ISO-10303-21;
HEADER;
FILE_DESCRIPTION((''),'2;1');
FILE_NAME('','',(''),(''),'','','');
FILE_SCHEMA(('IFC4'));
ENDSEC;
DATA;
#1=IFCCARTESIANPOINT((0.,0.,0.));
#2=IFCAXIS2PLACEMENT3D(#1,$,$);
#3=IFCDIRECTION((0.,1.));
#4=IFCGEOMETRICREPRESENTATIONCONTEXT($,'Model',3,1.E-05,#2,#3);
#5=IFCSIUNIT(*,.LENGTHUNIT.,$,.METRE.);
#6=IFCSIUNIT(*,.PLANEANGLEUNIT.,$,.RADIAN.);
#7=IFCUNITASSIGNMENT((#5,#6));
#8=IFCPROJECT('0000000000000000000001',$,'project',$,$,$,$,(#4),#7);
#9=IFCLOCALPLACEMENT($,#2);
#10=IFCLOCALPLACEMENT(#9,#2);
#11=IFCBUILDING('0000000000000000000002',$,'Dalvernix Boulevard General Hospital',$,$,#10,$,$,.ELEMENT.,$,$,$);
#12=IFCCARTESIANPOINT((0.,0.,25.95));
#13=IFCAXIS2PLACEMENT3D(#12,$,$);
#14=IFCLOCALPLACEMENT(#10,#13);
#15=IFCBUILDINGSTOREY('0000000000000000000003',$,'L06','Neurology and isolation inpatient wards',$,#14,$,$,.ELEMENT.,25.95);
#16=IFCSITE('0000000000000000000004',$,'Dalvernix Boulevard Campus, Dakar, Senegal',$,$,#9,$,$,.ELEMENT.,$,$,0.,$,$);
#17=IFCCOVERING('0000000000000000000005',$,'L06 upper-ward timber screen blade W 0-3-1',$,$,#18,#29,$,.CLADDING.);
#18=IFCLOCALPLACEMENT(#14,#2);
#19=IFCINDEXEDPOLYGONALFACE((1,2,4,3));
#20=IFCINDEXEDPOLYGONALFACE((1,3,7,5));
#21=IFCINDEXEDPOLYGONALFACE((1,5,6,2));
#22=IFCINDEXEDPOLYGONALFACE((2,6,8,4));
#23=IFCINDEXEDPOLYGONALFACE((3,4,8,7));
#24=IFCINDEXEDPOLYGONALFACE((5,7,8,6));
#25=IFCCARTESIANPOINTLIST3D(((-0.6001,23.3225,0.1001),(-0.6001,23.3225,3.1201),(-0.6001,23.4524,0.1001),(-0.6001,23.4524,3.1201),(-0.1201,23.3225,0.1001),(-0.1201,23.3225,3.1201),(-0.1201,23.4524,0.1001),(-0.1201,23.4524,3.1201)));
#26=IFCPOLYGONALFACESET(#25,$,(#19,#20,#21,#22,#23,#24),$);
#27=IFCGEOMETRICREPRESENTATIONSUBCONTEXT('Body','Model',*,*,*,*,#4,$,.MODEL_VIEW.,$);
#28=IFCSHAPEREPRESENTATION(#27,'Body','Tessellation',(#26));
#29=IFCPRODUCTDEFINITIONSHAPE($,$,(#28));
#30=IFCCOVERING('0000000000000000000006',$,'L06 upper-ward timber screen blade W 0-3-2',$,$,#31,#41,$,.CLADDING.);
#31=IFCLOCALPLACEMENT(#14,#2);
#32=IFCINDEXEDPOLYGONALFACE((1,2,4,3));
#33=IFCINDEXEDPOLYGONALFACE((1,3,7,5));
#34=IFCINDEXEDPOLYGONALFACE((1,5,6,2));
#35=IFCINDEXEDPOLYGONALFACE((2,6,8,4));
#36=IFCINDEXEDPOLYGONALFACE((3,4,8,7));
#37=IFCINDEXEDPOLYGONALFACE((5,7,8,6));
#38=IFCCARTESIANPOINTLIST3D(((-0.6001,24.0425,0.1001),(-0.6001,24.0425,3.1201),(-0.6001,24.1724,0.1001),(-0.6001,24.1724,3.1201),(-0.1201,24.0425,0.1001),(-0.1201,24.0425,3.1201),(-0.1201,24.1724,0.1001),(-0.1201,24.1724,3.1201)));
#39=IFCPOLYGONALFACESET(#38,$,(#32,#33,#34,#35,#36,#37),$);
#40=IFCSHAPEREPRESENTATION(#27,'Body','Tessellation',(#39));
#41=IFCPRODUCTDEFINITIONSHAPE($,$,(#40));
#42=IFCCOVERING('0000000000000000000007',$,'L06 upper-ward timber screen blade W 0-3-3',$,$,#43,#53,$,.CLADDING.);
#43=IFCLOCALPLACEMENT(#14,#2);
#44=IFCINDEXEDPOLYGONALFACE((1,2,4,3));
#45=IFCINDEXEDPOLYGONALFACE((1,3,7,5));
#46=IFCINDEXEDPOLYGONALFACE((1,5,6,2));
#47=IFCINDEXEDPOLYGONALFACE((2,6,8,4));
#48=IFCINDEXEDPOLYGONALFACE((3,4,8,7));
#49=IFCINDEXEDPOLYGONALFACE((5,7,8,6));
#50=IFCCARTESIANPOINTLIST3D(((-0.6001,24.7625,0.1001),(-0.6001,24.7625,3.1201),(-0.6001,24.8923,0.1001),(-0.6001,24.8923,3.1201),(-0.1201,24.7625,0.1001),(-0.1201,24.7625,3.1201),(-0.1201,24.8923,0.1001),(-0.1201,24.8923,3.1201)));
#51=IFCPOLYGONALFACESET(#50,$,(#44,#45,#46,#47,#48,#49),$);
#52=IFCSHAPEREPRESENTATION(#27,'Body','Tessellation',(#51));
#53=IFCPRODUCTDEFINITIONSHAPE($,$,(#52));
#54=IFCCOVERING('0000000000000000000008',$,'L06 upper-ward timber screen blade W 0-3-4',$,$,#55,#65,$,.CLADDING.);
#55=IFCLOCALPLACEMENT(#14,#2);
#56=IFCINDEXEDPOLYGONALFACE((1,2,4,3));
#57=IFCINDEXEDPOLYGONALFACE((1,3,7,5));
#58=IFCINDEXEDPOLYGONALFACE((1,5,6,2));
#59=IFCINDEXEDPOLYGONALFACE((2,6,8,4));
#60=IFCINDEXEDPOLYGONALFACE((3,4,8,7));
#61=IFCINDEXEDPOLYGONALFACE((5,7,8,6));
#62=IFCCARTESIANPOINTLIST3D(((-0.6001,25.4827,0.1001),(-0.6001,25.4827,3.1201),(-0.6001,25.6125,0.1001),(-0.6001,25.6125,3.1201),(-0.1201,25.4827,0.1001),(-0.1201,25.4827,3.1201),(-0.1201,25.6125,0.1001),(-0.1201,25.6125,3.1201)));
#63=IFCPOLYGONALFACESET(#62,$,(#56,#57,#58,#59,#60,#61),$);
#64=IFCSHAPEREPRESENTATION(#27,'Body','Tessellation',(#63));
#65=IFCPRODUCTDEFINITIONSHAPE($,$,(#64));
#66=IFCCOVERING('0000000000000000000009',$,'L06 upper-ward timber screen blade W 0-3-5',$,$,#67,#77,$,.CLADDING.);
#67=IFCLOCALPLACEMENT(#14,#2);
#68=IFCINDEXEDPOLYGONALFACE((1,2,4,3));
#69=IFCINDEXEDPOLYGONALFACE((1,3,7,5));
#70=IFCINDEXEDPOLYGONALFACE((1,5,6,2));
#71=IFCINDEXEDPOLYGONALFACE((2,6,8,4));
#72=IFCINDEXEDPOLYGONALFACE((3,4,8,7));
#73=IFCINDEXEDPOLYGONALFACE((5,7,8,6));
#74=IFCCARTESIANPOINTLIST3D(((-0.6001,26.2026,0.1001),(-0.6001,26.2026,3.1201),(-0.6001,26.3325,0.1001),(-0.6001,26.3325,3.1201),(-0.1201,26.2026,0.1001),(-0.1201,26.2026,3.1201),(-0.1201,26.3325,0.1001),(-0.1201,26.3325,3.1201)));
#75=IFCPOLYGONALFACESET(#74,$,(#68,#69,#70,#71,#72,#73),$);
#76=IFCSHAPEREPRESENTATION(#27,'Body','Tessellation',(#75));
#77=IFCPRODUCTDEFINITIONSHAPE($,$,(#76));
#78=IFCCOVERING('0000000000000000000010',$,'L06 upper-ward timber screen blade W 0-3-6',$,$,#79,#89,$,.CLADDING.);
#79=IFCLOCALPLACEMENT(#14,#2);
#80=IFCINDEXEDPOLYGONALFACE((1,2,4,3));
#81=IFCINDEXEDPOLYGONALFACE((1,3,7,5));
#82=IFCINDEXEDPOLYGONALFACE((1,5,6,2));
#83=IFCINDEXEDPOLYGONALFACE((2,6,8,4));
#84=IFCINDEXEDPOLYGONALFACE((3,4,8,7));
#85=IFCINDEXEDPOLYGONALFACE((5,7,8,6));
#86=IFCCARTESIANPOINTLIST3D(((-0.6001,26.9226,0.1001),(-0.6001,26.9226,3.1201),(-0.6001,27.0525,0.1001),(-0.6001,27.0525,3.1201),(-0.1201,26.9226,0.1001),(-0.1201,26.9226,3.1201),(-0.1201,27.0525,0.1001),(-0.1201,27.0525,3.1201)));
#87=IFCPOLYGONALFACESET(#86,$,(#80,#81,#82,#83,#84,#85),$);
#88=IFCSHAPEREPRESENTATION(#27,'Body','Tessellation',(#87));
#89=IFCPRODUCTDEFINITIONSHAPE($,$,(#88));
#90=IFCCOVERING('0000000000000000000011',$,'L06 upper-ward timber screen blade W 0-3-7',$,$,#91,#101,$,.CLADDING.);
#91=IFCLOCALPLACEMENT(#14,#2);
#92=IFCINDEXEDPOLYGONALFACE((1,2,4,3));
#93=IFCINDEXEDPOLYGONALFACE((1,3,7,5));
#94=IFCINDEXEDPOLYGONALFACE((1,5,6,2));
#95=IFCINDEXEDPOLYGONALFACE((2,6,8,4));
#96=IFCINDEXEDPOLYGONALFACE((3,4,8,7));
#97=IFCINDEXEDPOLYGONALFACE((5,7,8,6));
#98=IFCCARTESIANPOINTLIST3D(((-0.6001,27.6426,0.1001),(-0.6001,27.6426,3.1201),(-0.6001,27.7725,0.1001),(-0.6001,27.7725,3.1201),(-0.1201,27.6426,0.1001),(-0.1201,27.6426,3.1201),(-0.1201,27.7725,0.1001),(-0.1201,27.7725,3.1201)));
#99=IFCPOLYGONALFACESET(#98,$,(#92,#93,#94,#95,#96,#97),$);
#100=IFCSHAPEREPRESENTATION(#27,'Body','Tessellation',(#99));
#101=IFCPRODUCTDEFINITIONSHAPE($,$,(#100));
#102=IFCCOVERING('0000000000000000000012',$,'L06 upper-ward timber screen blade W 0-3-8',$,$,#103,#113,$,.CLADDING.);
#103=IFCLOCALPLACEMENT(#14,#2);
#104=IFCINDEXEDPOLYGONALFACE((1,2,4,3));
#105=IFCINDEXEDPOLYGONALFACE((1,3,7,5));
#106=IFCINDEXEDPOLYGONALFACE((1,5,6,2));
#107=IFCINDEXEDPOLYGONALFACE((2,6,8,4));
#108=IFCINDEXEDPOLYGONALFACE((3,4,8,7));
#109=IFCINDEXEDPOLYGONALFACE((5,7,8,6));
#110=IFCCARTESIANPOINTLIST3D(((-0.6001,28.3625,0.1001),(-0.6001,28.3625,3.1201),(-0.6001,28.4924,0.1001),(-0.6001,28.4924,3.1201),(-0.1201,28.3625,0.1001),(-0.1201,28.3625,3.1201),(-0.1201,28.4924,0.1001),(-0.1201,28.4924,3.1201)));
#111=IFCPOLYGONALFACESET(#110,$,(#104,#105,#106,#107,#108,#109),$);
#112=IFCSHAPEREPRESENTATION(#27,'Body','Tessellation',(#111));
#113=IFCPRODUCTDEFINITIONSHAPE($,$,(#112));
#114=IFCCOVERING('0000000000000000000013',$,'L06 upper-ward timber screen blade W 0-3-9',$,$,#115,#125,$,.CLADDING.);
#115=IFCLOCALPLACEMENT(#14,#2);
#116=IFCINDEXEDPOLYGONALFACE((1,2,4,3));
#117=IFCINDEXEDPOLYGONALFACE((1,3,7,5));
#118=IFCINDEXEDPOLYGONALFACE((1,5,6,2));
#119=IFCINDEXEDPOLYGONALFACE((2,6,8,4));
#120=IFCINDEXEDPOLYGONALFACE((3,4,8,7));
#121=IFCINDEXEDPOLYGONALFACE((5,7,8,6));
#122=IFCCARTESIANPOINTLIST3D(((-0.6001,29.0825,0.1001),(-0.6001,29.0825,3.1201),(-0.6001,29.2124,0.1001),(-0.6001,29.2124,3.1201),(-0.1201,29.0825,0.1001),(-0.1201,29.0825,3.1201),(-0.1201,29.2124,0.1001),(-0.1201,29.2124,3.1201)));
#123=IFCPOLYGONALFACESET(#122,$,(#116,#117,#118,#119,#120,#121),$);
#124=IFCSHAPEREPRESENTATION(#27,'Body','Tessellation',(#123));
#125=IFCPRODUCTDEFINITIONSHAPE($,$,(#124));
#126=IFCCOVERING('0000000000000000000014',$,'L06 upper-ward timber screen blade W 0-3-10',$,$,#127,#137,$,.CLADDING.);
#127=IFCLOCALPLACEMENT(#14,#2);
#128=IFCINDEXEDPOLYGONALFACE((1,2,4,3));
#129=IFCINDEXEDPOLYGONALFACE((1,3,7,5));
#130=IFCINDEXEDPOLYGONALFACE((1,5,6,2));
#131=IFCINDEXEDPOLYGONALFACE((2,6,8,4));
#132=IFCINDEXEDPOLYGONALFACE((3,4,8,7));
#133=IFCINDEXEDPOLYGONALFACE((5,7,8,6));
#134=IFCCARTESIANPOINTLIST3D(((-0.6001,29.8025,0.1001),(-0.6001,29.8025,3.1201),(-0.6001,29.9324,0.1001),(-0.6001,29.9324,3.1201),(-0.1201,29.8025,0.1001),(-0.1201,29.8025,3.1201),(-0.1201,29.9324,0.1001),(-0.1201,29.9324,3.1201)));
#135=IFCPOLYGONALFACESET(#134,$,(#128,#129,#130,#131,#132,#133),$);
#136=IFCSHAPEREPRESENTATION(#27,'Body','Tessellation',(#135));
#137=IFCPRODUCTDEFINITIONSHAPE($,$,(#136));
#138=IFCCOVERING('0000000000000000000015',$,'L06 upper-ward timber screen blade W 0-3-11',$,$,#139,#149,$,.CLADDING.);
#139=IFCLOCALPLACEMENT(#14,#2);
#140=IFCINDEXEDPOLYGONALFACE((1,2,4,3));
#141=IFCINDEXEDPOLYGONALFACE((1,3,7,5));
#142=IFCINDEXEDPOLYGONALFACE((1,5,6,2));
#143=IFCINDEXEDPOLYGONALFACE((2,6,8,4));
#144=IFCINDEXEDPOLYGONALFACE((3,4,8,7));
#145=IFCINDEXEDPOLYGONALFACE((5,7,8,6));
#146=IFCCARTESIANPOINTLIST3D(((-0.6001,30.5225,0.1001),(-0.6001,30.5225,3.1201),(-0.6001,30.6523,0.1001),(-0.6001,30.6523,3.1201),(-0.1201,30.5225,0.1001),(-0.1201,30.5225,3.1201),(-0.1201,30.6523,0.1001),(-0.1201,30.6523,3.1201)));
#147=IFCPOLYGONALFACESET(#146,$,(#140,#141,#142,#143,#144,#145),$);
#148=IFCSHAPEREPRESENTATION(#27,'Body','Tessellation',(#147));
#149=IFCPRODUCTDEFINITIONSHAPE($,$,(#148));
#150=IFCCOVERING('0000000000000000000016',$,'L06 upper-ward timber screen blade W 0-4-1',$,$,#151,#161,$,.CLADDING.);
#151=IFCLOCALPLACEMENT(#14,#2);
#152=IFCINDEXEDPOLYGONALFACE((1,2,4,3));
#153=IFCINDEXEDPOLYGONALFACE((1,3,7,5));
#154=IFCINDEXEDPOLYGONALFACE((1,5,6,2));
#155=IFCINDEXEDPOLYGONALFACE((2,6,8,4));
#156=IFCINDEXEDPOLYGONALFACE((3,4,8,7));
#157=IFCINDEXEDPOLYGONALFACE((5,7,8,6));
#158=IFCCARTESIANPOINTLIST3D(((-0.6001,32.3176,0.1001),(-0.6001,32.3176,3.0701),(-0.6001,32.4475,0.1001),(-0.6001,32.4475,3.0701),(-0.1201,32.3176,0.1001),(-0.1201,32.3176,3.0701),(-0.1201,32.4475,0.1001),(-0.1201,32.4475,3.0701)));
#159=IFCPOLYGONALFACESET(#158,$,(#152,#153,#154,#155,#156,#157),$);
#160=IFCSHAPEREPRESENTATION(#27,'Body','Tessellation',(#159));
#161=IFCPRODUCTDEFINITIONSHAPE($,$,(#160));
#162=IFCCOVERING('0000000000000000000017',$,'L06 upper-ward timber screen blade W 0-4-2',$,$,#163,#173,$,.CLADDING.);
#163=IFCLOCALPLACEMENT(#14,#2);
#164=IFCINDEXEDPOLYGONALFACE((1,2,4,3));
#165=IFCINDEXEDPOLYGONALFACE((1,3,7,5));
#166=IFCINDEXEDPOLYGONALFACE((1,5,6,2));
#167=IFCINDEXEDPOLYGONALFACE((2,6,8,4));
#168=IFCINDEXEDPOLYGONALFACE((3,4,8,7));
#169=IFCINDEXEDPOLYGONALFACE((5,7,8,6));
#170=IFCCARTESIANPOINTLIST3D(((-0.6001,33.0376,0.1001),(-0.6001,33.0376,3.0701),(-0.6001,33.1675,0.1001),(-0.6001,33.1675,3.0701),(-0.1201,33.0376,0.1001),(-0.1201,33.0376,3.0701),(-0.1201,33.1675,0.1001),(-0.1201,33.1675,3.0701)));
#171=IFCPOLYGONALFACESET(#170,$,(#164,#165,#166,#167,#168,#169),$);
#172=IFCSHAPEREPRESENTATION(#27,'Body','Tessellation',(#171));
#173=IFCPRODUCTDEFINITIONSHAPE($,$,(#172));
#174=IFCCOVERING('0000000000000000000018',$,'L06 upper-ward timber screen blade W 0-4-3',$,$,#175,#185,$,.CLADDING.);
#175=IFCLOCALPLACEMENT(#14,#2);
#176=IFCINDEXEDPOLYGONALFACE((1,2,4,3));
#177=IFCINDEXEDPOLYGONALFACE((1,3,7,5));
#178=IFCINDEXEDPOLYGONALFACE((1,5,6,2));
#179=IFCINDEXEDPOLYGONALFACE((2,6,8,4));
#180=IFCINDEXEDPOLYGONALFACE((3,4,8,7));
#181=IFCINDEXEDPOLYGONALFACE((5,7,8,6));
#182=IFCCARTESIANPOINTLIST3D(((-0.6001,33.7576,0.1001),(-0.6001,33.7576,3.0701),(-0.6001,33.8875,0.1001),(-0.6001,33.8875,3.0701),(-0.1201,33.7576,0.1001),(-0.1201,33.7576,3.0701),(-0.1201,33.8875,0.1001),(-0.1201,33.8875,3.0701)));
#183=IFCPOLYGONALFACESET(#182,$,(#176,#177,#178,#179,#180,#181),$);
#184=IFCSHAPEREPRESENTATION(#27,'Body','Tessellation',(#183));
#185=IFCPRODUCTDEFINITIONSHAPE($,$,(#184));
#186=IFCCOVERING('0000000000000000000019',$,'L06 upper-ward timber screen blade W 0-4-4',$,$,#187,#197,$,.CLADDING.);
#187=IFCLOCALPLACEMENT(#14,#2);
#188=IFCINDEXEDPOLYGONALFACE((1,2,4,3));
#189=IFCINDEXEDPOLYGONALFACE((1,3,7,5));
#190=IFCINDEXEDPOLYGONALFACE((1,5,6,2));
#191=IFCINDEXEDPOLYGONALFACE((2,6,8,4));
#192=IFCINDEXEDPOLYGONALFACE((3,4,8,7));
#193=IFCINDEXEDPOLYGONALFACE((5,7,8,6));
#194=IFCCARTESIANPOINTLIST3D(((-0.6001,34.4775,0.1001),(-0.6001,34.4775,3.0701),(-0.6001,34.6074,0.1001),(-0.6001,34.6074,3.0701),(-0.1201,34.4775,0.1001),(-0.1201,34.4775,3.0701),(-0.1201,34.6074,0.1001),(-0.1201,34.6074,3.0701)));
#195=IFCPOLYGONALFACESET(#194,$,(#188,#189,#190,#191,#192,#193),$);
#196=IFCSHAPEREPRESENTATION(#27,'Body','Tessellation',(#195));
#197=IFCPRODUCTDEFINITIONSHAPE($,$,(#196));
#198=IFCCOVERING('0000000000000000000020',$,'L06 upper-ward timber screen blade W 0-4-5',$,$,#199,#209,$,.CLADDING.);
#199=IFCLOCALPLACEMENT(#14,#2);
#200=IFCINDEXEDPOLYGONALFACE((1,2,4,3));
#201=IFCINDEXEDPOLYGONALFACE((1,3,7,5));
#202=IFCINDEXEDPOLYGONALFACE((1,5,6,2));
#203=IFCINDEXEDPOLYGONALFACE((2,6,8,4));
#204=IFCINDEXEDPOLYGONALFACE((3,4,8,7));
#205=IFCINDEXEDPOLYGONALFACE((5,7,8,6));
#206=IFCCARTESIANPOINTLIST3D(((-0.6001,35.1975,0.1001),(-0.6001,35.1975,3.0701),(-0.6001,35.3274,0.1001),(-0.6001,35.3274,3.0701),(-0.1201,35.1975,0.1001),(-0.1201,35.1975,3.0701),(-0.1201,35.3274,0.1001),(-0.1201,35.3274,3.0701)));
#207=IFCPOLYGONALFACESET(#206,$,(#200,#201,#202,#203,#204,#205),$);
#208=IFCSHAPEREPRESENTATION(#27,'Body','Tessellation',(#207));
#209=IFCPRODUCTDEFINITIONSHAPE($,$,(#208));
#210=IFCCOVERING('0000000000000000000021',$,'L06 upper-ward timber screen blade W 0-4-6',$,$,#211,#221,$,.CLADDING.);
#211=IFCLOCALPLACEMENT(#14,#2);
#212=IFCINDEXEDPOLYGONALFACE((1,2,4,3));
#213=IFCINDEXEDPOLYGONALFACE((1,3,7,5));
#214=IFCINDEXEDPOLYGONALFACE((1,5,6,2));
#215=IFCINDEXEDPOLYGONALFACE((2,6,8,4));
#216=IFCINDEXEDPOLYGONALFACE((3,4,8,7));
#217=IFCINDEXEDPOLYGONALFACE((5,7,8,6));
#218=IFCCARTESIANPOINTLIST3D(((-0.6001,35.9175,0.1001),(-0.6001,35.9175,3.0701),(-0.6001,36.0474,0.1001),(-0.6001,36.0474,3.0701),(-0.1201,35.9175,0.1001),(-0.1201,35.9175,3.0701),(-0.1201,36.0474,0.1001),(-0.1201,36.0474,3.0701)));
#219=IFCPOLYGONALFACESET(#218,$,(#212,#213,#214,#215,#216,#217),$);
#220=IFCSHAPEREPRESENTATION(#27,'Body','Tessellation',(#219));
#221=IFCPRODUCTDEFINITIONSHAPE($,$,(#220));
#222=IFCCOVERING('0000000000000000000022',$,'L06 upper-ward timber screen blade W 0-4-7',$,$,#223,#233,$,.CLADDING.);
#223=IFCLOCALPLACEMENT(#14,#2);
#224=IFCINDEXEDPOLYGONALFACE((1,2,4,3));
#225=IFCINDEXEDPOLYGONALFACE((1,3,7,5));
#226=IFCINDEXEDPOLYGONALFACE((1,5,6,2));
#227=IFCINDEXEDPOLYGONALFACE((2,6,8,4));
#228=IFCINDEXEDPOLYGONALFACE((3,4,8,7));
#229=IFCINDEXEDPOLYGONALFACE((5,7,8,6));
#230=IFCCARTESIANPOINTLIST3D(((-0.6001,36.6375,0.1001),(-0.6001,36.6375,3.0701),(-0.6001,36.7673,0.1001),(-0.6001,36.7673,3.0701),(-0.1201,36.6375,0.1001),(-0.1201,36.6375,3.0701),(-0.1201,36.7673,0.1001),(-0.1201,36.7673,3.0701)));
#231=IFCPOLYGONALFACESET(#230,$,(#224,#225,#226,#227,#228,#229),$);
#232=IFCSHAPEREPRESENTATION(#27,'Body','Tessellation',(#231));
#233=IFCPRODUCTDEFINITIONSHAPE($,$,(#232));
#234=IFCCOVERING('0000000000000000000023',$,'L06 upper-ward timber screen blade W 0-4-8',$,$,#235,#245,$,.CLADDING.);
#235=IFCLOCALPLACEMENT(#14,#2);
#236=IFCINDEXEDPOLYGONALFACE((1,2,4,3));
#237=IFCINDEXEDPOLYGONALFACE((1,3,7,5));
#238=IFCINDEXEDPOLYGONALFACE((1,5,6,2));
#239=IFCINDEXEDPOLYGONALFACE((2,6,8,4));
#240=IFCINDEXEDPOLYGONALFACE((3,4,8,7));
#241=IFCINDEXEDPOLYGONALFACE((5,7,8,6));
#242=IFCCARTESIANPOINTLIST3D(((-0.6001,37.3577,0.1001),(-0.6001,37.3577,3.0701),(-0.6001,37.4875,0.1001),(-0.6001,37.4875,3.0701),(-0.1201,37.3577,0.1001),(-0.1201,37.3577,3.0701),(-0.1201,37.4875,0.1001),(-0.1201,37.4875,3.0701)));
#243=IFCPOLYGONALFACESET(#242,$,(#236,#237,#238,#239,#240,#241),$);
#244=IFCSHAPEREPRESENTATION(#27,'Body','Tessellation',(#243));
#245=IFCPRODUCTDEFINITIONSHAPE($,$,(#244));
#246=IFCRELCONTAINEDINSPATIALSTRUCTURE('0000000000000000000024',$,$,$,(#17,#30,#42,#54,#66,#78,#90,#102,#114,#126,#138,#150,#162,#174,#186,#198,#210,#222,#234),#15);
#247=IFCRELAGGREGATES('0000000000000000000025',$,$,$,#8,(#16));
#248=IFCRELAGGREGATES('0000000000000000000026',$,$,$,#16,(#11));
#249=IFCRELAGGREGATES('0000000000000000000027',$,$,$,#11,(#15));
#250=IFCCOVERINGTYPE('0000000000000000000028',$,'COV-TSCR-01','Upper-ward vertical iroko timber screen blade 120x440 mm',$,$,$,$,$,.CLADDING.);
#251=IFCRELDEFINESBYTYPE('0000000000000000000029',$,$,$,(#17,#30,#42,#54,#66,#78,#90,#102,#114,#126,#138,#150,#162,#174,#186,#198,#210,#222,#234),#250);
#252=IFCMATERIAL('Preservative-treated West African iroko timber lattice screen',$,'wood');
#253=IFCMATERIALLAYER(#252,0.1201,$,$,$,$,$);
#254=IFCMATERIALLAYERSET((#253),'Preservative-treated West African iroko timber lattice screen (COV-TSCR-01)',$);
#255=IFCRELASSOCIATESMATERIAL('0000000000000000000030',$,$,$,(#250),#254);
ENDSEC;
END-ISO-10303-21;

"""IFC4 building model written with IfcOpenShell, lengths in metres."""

from ifc_helpers import new_model, si_unit, direction, frame, origin, origin_2d, place, context, subcontext, project, spatial, rectangle, extrude, material, layer, layer_set, type_object, element, save


model = new_model("IFC4")

# Units and contexts
model_context = context("Model", 3, precision=1e-05, world=origin(), true_north=direction((0.0, 1.0)))
body_context = subcontext(model_context, "Body", "Model", "MODEL_VIEW")
ifc_project = project(units=[si_unit("LENGTHUNIT", "METRE"), si_unit("PLANEANGLEUNIT", "RADIAN")], contexts=[model_context])

# Site, building, storey
site_placement = place(None, origin())
site = spatial("IfcSite", under=ifc_project, at=site_placement, Name="Dalvernix Boulevard Campus, Dakar, Senegal", CompositionType="ELEMENT", RefElevation=0.0)
building_placement = place(site_placement, origin())
building = spatial("IfcBuilding", under=site, at=building_placement, Name="Dalvernix Boulevard General Hospital", CompositionType="ELEMENT")
storey_placement = place(building_placement, frame((0.0, 0.0, 25.95)))
storey = spatial("IfcBuildingStorey", under=building, at=storey_placement, Name="L06", Description="Neurology and isolation inpatient wards", CompositionType="ELEMENT", Elevation=25.95)

# Coverings
ifc_material_1 = material(Name="Preservative-treated West African iroko timber lattice screen", Category="wood")
ifc_layer = layer(ifc_material_1, 0.1201)
ifc_layer_set = layer_set([ifc_layer], Name="Preservative-treated West African iroko timber lattice screen (COV-TSCR-01)")
covering_type = type_object("IfcCoveringType", Name="COV-TSCR-01", Description="Upper-ward vertical iroko timber screen blade 120x440 mm", PredefinedType="CLADDING", material=ifc_layer_set)
for number, where, z_axis, x_axis, name in (
    (1, (-0.3601, 23.3875, 0.1001), (0.0, 0.0, 1.0), (0.0, 1.0, 0.0), "L06 upper-ward timber screen blade W 0-3-1"),
    (2, (-0.3601, 24.1074, 0.1001), (0.0, 0.0, 1.0), (0.0, 1.0, 0.0), "L06 upper-ward timber screen blade W 0-3-2"),
    (3, (-0.3601, 24.8274, 0.1001), (0.0, 0.0, 1.0), (0.0, 1.0, 0.0), "L06 upper-ward timber screen blade W 0-3-3"),
    (4, (-0.3601, 25.5476, 0.1001), (0.0, 0.0, 1.0), (0.0, 1.0, 0.0), "L06 upper-ward timber screen blade W 0-3-4"),
    (5, (-0.3601, 26.2676, 0.1001), (0.0, 0.0, 1.0), (0.0, 1.0, 0.0), "L06 upper-ward timber screen blade W 0-3-5"),
    (6, (-0.3601, 26.9875, 0.1001), (0.0, 0.0, 1.0), (0.0, 1.0, 0.0), "L06 upper-ward timber screen blade W 0-3-6"),
    (7, (-0.3601, 27.7075, 0.1001), (0.0, 0.0, 1.0), (0.0, 1.0, 0.0), "L06 upper-ward timber screen blade W 0-3-7"),
    (8, (-0.3601, 28.4275, 0.1001), (0.0, 0.0, 1.0), (0.0, 1.0, 0.0), "L06 upper-ward timber screen blade W 0-3-8"),
    (9, (-0.3601, 29.1475, 0.1001), (0.0, 0.0, 1.0), (0.0, 1.0, 0.0), "L06 upper-ward timber screen blade W 0-3-9"),
    (10, (-0.3601, 29.8674, 0.1001), (0.0, 0.0, 1.0), (0.0, 1.0, 0.0), "L06 upper-ward timber screen blade W 0-3-10"),
    (11, (-0.3601, 30.5874, 0.1001), (0.0, 0.0, 1.0), (0.0, 1.0, 0.0), "L06 upper-ward timber screen blade W 0-3-11"),
):
    element("IfcCovering", number, at=place(storey_placement, frame(where, z_axis=z_axis, x_axis=x_axis)), inside=storey, type_object=covering_type, Name=name, PredefinedType="CLADDING", context=body_context, shape_type="SweptSolid", body=[
        extrude(rectangle(XDim=0.1299, YDim=0.48, at=origin_2d()), origin(), (0.0, 0.0, 1.0), 3.02),
    ])
for number, where, z_axis, x_axis, name in (
    (12, (-0.3601, 32.3826, 0.1001), (0.0, 0.0, 1.0), (0.0, 1.0, 0.0), "L06 upper-ward timber screen blade W 0-4-1"),
    (13, (-0.3601, 33.1025, 0.1001), (0.0, 0.0, 1.0), (0.0, 1.0, 0.0), "L06 upper-ward timber screen blade W 0-4-2"),
    (14, (-0.3601, 33.8225, 0.1001), (0.0, 0.0, 1.0), (0.0, 1.0, 0.0), "L06 upper-ward timber screen blade W 0-4-3"),
    (15, (-0.3601, 34.5425, 0.1001), (0.0, 0.0, 1.0), (0.0, 1.0, 0.0), "L06 upper-ward timber screen blade W 0-4-4"),
    (16, (-0.3601, 35.2625, 0.1001), (0.0, 0.0, 1.0), (0.0, 1.0, 0.0), "L06 upper-ward timber screen blade W 0-4-5"),
    (17, (-0.3601, 35.9824, 0.1001), (0.0, 0.0, 1.0), (0.0, 1.0, 0.0), "L06 upper-ward timber screen blade W 0-4-6"),
    (18, (-0.3601, 36.7024, 0.1001), (0.0, 0.0, 1.0), (0.0, 1.0, 0.0), "L06 upper-ward timber screen blade W 0-4-7"),
    (19, (-0.3601, 37.4226, 0.1001), (0.0, 0.0, 1.0), (0.0, 1.0, 0.0), "L06 upper-ward timber screen blade W 0-4-8"),
):
    element("IfcCovering", number, at=place(storey_placement, frame(where, z_axis=z_axis, x_axis=x_axis)), inside=storey, type_object=covering_type, Name=name, PredefinedType="CLADDING", context=body_context, shape_type="SweptSolid", body=[
        extrude(rectangle(XDim=0.1299, YDim=0.48, at=origin_2d()), origin(), (0.0, 0.0, 1.0), 2.97),
    ])

save(model, "model.ifc")
